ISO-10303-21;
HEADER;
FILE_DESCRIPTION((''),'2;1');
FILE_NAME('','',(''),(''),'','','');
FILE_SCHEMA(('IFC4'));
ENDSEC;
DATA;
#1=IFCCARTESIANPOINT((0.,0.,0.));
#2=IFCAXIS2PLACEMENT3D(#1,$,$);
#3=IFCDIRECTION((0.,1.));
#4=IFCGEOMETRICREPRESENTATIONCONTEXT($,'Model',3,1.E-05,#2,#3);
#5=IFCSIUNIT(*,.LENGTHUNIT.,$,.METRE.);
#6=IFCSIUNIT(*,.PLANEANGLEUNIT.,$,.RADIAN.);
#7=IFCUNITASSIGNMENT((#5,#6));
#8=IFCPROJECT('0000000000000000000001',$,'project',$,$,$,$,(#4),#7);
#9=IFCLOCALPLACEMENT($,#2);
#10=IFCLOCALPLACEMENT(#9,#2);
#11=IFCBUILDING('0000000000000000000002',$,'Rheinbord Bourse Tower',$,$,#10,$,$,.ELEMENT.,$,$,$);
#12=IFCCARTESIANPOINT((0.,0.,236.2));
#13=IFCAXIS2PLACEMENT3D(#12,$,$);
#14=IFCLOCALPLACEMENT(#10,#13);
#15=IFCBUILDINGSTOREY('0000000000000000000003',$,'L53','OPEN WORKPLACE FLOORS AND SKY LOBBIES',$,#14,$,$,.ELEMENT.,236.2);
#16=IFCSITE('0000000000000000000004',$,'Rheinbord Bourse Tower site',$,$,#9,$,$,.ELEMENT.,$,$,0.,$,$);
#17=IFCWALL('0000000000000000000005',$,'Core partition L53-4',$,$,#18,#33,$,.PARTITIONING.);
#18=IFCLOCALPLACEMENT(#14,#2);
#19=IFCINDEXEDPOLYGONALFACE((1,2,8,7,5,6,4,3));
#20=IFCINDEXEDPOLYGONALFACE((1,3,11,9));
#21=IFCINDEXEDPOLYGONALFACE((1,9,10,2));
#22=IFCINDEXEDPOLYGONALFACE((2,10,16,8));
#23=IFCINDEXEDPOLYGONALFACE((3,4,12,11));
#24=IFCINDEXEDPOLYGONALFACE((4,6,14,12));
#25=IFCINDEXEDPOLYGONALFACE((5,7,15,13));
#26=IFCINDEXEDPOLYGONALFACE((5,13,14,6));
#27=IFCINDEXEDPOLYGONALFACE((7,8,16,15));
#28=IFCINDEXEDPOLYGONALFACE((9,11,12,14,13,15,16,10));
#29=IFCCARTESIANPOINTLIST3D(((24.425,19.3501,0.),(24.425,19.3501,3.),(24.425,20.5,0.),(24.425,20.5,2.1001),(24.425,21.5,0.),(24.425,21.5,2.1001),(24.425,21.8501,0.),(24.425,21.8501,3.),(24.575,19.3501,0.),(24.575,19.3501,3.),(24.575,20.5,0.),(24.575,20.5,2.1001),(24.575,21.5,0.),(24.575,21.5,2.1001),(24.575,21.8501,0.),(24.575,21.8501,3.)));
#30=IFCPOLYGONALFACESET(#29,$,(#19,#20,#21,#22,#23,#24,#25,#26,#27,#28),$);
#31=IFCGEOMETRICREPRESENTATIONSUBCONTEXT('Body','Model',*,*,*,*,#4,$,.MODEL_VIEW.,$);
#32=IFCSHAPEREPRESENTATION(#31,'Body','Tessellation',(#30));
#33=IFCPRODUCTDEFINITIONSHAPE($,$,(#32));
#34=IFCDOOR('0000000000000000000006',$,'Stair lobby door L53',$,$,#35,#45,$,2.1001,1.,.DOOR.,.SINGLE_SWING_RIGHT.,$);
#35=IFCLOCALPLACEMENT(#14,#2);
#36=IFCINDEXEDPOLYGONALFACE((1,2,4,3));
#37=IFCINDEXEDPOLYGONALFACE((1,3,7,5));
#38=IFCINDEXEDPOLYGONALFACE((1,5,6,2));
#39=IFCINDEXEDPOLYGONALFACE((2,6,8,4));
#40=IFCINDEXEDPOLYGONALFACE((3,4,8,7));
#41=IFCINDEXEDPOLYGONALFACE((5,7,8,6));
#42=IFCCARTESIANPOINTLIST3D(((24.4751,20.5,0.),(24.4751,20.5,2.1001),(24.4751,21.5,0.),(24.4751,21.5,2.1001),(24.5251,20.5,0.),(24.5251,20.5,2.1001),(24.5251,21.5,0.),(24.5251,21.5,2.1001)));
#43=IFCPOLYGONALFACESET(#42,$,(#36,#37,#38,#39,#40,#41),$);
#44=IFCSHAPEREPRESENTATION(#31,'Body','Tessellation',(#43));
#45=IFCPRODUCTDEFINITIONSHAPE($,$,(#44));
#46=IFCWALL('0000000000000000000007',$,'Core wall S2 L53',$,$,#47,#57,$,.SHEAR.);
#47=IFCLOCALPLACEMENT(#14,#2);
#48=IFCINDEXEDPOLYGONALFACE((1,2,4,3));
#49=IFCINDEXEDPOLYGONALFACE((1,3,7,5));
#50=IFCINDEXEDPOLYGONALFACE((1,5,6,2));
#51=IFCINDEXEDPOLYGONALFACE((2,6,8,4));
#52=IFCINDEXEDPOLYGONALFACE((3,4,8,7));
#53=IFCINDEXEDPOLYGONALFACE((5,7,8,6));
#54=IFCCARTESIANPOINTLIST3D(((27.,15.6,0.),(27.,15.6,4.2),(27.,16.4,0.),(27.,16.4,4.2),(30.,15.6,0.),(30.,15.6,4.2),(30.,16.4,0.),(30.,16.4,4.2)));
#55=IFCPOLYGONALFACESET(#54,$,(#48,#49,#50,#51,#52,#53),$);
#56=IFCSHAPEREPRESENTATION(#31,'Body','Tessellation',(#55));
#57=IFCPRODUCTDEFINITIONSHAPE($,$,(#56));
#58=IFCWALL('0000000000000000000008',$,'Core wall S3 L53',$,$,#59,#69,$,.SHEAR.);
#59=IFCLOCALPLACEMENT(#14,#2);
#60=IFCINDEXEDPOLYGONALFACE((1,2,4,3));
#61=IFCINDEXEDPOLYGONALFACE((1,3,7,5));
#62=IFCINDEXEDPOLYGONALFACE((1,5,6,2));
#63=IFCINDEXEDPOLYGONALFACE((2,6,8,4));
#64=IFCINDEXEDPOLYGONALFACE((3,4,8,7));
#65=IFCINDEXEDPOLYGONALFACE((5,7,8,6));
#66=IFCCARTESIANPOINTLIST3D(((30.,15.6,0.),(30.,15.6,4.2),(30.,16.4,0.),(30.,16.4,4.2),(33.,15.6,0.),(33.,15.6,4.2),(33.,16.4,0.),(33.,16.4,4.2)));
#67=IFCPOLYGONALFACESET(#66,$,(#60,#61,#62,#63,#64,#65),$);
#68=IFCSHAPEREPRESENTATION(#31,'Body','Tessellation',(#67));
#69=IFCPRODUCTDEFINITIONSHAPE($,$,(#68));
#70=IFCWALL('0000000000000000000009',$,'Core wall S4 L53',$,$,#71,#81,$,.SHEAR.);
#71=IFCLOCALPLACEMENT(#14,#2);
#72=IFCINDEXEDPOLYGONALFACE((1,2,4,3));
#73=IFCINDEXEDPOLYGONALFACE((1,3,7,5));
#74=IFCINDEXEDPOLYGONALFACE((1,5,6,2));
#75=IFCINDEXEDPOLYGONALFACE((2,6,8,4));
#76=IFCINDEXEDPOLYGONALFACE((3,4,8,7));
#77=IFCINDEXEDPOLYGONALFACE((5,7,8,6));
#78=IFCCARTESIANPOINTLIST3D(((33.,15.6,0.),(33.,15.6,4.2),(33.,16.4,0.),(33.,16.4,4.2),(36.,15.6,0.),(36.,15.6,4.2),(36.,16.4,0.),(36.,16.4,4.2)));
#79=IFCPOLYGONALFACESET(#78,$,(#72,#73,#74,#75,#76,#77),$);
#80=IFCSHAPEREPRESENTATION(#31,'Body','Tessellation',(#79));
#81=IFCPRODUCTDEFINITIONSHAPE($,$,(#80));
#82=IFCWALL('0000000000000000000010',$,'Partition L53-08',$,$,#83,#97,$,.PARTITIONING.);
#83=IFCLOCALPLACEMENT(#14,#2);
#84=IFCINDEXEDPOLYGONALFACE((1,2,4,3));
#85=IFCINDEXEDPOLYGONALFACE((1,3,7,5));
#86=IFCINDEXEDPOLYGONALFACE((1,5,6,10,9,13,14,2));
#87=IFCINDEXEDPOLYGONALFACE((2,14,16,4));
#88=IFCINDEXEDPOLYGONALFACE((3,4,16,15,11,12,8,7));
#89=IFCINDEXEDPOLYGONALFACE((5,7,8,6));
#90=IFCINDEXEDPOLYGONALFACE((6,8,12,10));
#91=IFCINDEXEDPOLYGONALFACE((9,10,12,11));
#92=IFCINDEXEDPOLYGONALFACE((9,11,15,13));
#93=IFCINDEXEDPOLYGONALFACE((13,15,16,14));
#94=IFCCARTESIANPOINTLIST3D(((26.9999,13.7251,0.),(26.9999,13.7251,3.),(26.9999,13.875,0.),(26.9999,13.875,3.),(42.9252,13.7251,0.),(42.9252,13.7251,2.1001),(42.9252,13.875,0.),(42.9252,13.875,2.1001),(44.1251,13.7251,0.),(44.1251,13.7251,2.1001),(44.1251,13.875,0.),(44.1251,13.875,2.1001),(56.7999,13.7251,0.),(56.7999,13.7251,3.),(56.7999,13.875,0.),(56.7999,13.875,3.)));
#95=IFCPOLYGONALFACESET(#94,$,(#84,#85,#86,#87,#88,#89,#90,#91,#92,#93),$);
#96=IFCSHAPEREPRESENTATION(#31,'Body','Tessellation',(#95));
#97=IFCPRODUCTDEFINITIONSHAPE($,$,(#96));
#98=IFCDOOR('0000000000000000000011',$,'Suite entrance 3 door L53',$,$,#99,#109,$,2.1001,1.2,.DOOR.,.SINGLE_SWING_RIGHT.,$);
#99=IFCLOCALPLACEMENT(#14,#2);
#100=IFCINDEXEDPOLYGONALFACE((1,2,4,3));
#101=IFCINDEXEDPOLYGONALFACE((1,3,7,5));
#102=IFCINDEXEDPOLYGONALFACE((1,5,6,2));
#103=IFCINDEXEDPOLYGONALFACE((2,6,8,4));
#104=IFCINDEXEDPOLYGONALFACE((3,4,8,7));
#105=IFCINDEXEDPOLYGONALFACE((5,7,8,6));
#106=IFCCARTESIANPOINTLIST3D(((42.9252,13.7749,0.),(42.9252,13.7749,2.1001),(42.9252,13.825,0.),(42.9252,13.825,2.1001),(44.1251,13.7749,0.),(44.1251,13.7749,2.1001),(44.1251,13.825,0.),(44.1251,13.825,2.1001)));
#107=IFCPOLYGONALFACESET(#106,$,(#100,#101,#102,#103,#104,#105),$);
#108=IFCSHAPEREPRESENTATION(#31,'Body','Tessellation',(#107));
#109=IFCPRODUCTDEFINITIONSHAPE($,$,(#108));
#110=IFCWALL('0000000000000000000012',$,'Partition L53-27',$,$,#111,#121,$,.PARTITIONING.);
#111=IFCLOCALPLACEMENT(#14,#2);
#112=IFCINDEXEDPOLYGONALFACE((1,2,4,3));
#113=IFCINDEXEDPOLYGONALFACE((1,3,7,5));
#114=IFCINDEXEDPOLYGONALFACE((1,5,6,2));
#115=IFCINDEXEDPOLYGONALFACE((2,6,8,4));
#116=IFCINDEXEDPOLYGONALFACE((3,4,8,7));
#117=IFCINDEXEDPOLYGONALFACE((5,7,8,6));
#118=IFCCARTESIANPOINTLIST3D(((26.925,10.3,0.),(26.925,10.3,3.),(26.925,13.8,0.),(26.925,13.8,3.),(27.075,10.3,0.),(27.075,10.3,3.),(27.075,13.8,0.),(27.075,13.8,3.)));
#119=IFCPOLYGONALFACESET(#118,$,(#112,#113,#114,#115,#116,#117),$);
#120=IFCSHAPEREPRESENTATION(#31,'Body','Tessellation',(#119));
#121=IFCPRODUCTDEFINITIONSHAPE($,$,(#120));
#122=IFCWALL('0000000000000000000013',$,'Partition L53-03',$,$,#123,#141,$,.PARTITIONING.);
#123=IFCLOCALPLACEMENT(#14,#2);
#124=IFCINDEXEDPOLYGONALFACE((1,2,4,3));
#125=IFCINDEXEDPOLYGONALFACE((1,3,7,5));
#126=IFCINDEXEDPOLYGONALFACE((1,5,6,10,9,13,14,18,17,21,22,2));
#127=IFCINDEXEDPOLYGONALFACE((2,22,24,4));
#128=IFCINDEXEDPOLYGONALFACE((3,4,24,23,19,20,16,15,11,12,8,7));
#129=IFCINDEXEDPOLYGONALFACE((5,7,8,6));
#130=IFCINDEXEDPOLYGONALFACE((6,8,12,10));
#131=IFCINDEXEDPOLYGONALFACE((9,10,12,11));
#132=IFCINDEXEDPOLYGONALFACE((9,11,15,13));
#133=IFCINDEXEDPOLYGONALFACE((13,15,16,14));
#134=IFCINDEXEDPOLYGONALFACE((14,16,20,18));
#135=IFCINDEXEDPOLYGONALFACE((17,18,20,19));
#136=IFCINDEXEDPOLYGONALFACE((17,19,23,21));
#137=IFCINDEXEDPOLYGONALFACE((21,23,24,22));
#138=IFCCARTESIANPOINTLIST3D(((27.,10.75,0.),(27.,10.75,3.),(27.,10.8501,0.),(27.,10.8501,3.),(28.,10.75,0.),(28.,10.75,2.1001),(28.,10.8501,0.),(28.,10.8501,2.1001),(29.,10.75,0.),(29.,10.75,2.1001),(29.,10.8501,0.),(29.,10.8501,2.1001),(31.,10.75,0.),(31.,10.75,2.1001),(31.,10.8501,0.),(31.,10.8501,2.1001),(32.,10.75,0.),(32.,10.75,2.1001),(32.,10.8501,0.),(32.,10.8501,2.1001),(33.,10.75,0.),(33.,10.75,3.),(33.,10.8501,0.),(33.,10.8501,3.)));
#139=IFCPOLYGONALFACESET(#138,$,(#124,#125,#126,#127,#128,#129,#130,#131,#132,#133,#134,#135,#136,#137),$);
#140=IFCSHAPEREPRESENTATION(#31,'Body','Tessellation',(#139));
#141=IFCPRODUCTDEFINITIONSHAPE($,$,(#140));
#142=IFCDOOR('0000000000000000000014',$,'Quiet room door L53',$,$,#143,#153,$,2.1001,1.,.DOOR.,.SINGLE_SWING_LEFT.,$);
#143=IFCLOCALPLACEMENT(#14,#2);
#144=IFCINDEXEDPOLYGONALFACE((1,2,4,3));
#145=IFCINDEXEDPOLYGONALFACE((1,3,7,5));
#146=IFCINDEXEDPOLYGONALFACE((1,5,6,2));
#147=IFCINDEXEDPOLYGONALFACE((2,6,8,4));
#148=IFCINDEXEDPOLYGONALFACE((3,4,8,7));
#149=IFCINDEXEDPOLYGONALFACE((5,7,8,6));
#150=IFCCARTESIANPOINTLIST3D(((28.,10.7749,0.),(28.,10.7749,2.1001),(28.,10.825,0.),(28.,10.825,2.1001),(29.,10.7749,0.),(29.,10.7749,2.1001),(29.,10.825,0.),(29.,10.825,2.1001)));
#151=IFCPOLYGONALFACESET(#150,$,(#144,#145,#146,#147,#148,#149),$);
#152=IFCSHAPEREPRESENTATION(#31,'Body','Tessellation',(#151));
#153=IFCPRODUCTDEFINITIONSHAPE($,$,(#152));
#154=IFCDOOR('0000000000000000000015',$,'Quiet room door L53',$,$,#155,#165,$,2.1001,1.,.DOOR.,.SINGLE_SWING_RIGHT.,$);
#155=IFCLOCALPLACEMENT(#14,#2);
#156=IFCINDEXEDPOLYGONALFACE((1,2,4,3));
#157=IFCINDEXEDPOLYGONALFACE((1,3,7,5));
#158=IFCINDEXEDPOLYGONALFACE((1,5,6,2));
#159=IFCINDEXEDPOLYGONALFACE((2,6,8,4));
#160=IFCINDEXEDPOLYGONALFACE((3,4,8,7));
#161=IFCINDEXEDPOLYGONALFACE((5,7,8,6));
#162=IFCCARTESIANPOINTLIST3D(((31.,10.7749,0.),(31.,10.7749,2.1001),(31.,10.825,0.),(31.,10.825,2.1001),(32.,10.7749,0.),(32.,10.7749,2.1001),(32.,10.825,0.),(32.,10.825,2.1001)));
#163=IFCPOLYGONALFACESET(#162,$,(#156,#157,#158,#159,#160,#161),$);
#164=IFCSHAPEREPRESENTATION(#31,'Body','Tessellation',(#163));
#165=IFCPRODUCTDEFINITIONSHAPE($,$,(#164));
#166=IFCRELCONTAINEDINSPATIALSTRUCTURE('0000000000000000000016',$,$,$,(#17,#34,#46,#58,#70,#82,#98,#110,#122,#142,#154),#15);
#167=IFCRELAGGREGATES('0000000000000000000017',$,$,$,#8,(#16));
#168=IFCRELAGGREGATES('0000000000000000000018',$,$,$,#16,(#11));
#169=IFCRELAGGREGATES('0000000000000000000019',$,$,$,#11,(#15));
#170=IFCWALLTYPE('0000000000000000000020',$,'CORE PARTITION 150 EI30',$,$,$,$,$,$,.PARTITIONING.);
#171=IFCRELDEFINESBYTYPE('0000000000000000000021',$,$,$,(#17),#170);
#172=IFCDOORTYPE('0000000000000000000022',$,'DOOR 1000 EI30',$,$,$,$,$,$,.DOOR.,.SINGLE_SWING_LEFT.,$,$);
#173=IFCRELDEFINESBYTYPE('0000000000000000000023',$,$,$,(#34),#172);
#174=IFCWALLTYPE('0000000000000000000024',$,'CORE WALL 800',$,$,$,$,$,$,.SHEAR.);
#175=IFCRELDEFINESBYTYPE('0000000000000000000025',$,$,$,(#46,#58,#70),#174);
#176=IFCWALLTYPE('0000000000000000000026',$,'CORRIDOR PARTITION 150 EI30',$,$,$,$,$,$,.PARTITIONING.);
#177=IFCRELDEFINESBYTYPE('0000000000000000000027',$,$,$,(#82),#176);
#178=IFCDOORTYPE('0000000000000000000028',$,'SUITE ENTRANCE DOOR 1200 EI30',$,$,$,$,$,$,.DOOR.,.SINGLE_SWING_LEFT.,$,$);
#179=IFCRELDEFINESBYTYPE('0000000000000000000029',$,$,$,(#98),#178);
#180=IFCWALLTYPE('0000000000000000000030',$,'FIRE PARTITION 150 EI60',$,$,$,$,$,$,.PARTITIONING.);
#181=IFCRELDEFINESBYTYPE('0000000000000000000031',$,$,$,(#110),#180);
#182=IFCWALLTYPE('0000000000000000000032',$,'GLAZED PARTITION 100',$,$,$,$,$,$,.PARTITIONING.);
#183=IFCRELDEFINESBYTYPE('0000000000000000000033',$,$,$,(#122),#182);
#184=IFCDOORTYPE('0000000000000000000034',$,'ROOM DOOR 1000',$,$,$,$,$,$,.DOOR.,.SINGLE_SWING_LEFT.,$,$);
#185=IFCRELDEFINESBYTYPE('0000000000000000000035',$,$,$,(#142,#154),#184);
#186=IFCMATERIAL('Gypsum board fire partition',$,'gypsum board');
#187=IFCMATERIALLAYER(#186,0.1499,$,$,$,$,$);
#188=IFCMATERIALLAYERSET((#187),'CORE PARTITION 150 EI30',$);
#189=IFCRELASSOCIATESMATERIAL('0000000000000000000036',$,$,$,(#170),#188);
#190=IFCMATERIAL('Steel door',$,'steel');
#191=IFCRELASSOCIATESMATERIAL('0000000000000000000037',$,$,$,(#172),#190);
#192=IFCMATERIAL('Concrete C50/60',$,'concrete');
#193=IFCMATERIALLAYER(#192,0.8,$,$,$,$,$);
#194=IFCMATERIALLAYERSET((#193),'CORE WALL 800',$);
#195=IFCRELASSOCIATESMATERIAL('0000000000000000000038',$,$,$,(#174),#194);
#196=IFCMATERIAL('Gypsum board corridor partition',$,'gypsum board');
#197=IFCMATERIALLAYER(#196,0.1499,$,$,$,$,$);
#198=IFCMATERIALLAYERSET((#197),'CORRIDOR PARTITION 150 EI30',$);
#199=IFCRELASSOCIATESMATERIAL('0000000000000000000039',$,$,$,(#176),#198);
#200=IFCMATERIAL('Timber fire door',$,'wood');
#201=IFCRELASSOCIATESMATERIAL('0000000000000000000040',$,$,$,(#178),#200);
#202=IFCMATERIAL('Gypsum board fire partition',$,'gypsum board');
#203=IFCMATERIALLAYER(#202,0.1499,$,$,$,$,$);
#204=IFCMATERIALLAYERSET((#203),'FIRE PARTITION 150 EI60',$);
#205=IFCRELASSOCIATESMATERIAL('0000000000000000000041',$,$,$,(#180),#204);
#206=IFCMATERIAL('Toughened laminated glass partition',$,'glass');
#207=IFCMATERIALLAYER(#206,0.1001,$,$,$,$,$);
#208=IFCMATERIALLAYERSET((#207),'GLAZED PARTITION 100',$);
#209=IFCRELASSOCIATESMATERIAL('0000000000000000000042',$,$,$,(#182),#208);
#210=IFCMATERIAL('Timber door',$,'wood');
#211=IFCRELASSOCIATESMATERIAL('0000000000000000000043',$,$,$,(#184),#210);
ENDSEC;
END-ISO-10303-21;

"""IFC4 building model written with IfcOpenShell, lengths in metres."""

from ifc_helpers import new_model, si_unit, direction, frame, frame_2d, origin, place, context, subcontext, project, spatial, rectangle, extrude, material, layer, layer_set, type_object, element, fill, save


model = new_model("IFC4")

# Units and contexts
model_context = context("Model", 3, precision=1e-05, world=origin(), true_north=direction((0.0, 1.0)))
body_context = subcontext(model_context, "Body", "Model", "MODEL_VIEW")
ifc_project = project(units=[si_unit("LENGTHUNIT", "METRE"), si_unit("PLANEANGLEUNIT", "RADIAN")], contexts=[model_context])

# Site, building, storey
site_placement = place(None, origin())
site = spatial("IfcSite", under=ifc_project, at=site_placement, Name="Rheinbord Bourse Tower site", CompositionType="ELEMENT", RefElevation=0.0)
building_placement = place(site_placement, origin())
building = spatial("IfcBuilding", under=site, at=building_placement, Name="Rheinbord Bourse Tower", CompositionType="ELEMENT")
storey_placement = place(building_placement, frame((0.0, 0.0, 236.2)))
storey = spatial("IfcBuildingStorey", under=building, at=storey_placement, Name="L53", Description="OPEN WORKPLACE FLOORS AND SKY LOBBIES", CompositionType="ELEMENT", Elevation=236.2)

# Wall, opening, door
ifc_material_1 = material(Name="Gypsum board fire partition", Category="gypsum board")
ifc_layer_1 = layer(ifc_material_1, 0.1499)
ifc_layer_set_1 = layer_set([ifc_layer_1], Name="CORE PARTITION 150 EI30")
wall_type_1 = type_object("IfcWallType", Name="CORE PARTITION 150 EI30", PredefinedType="PARTITIONING", material=ifc_layer_set_1)
wall_1_placement = place(storey_placement, frame((24.5, 19.3501, 0.0), z_axis=(0.0, 0.0, 1.0), x_axis=(0.0, 1.0, 0.0)))
wall_1 = element("IfcWall", 1, at=wall_1_placement, inside=storey, type_object=wall_type_1, Name="Core partition L53-4", PredefinedType="PARTITIONING", context=body_context, shape_type="SweptSolid", body=[
    extrude(rectangle(XDim=2.5, YDim=0.1499, at=frame_2d((1.25, 0.0))), origin(), (0.0, 0.0, 1.0), 3.0),
])
opening_1_placement = place(wall_1_placement, frame((1.1499, 0.0, 0.0)))
opening_1 = element("IfcOpeningElement", 2, at=opening_1_placement, cuts=wall_1, PredefinedType="OPENING", context=body_context, shape_type="SweptSolid", body=[
    extrude(rectangle(XDim=1.0, YDim=2.1001, at=frame_2d((0.5, 1.05))), frame((0.0, 0.085, 0.0), z_axis=(0.0, -1.0, 0.0), x_axis=(1.0, 0.0, 0.0)), (0.0, 0.0, 1.0), 0.1699),
])
ifc_material_2 = material(Name="Steel door", Category="steel")
door_type_1 = type_object("IfcDoorType", Name="DOOR 1000 EI30", OperationType="SINGLE_SWING_LEFT", PredefinedType="DOOR", material=ifc_material_2)
door_1_placement = place(opening_1_placement, origin())
door_1 = element("IfcDoor", 3, at=door_1_placement, inside=storey, type_object=door_type_1, Name="Stair lobby door L53", OperationType="SINGLE_SWING_RIGHT", OverallHeight=2.1001, OverallWidth=1.0, PredefinedType="DOOR", context=body_context, shape_type="SweptSolid", body=[
    extrude(rectangle(XDim=1.0, YDim=2.1001, at=frame_2d((0.5, 1.05))), frame((0.0, 0.0249, 0.0), z_axis=(0.0, -1.0, 0.0), x_axis=(1.0, 0.0, 0.0)), (0.0, 0.0, 1.0), 0.05),
])
fill(opening_1, door_1)

# Walls
ifc_material_3 = material(Name="Concrete C50/60", Category="concrete")
ifc_layer_2 = layer(ifc_material_3, 0.8)
ifc_layer_set_2 = layer_set([ifc_layer_2], Name="CORE WALL 800")
wall_type_2 = type_object("IfcWallType", Name="CORE WALL 800", PredefinedType="SHEAR", material=ifc_layer_set_2)
for number, where, z_axis, x_axis, name in (
    (4, (27.0, 16.0, 0.0), (0.0, 0.0, 1.0), (1.0, 0.0, 0.0), "Core wall S2 L53"),
    (5, (30.0, 16.0, 0.0), (0.0, 0.0, 1.0), (1.0, 0.0, 0.0), "Core wall S3 L53"),
    (6, (33.0, 16.0, 0.0), (0.0, 0.0, 1.0), (1.0, 0.0, 0.0), "Core wall S4 L53"),
):
    element("IfcWall", number, at=place(storey_placement, frame(where, z_axis=z_axis, x_axis=x_axis)), inside=storey, type_object=wall_type_2, Name=name, PredefinedType="SHEAR", context=body_context, shape_type="SweptSolid", body=[
        extrude(rectangle(XDim=3.0, YDim=0.8, at=frame_2d((1.5, 0.0))), origin(), (0.0, 0.0, 1.0), 4.2),
    ])

# Wall, opening, door
ifc_material_4 = material(Name="Gypsum board corridor partition", Category="gypsum board")
ifc_layer_3 = layer(ifc_material_4, 0.1499)
ifc_layer_set_3 = layer_set([ifc_layer_3], Name="CORRIDOR PARTITION 150 EI30")
wall_type_3 = type_object("IfcWallType", Name="CORRIDOR PARTITION 150 EI30", PredefinedType="PARTITIONING", material=ifc_layer_set_3)
wall_2_placement = place(storey_placement, frame((27.0, 13.8, 0.0), z_axis=(0.0, 0.0, 1.0), x_axis=(1.0, 0.0, 0.0)))
wall_2 = element("IfcWall", 7, at=wall_2_placement, inside=storey, type_object=wall_type_3, Name="Partition L53-08", PredefinedType="PARTITIONING", context=body_context, shape_type="SweptSolid", body=[
    extrude(rectangle(XDim=29.8, YDim=0.1499, at=frame_2d((14.8999, 0.0))), origin(), (0.0, 0.0, 1.0), 3.0),
])
opening_2_placement = place(wall_2_placement, frame((15.925, 0.0, 0.0)))
opening_2 = element("IfcOpeningElement", 8, at=opening_2_placement, cuts=wall_2, PredefinedType="OPENING", context=body_context, shape_type="SweptSolid", body=[
    extrude(rectangle(XDim=1.2, YDim=2.1001, at=frame_2d((0.6001, 1.05))), frame((0.0, 0.085, 0.0), z_axis=(0.0, -1.0, 0.0), x_axis=(1.0, 0.0, 0.0)), (0.0, 0.0, 1.0), 0.1699),
])
ifc_material_5 = material(Name="Timber fire door", Category="wood")
door_type_2 = type_object("IfcDoorType", Name="SUITE ENTRANCE DOOR 1200 EI30", OperationType="SINGLE_SWING_LEFT", PredefinedType="DOOR", material=ifc_material_5)
door_2_placement = place(opening_2_placement, origin())
door_2 = element("IfcDoor", 9, at=door_2_placement, inside=storey, type_object=door_type_2, Name="Suite entrance 3 door L53", OperationType="SINGLE_SWING_RIGHT", OverallHeight=2.1001, OverallWidth=1.2, PredefinedType="DOOR", context=body_context, shape_type="SweptSolid", body=[
    extrude(rectangle(XDim=1.2, YDim=2.1001, at=frame_2d((0.6001, 1.05))), frame((0.0, 0.0249, 0.0), z_axis=(0.0, -1.0, 0.0), x_axis=(1.0, 0.0, 0.0)), (0.0, 0.0, 1.0), 0.05),
])
fill(opening_2, door_2)

# Wall
ifc_material_6 = material(Name="Gypsum board fire partition", Category="gypsum board")
ifc_layer_4 = layer(ifc_material_6, 0.1499)
ifc_layer_set_4 = layer_set([ifc_layer_4], Name="FIRE PARTITION 150 EI60")
wall_type_4 = type_object("IfcWallType", Name="FIRE PARTITION 150 EI60", PredefinedType="PARTITIONING", material=ifc_layer_set_4)
wall_3_placement = place(storey_placement, frame((27.0, 10.3, 0.0), z_axis=(0.0, 0.0, 1.0), x_axis=(0.0, 1.0, 0.0)))
element("IfcWall", 10, at=wall_3_placement, inside=storey, type_object=wall_type_4, Name="Partition L53-27", PredefinedType="PARTITIONING", context=body_context, shape_type="SweptSolid", body=[
    extrude(rectangle(XDim=3.5, YDim=0.1499, at=frame_2d((1.75, 0.0))), origin(), (0.0, 0.0, 1.0), 3.0),
])

# Wall, openings, doors
ifc_material_7 = material(Name="Toughened laminated glass partition", Category="glass")
ifc_layer_5 = layer(ifc_material_7, 0.1001)
ifc_layer_set_5 = layer_set([ifc_layer_5], Name="GLAZED PARTITION 100")
wall_type_5 = type_object("IfcWallType", Name="GLAZED PARTITION 100", PredefinedType="PARTITIONING", material=ifc_layer_set_5)
wall_4_placement = place(storey_placement, frame((27.0, 10.8, 0.0), z_axis=(0.0, 0.0, 1.0), x_axis=(1.0, 0.0, 0.0)))
wall_4 = element("IfcWall", 11, at=wall_4_placement, inside=storey, type_object=wall_type_5, Name="Partition L53-03", PredefinedType="PARTITIONING", context=body_context, shape_type="SweptSolid", body=[
    extrude(rectangle(XDim=6.0, YDim=0.1001, at=frame_2d((3.0, 0.0))), origin(), (0.0, 0.0, 1.0), 3.0),
])
opening_3_placement = place(wall_4_placement, frame((1.0, 0.0, 0.0)))
opening_3 = element("IfcOpeningElement", 12, at=opening_3_placement, cuts=wall_4, PredefinedType="OPENING", context=body_context, shape_type="SweptSolid", body=[
    extrude(rectangle(XDim=1.0, YDim=2.1001, at=frame_2d((0.5, 1.05))), frame((0.0, 0.0601, 0.0), z_axis=(0.0, -1.0, 0.0), x_axis=(1.0, 0.0, 0.0)), (0.0, 0.0, 1.0), 0.1201),
])
opening_4_placement = place(wall_4_placement, frame((4.0, 0.0, 0.0)))
opening_4 = element("IfcOpeningElement", 13, at=opening_4_placement, cuts=wall_4, PredefinedType="OPENING", context=body_context, shape_type="SweptSolid", body=[
    extrude(rectangle(XDim=1.0, YDim=2.1001, at=frame_2d((0.5, 1.05))), frame((0.0, 0.0601, 0.0), z_axis=(0.0, -1.0, 0.0), x_axis=(1.0, 0.0, 0.0)), (0.0, 0.0, 1.0), 0.1201),
])
ifc_material_8 = material(Name="Timber door", Category="wood")
door_type_3 = type_object("IfcDoorType", Name="ROOM DOOR 1000", OperationType="SINGLE_SWING_LEFT", PredefinedType="DOOR", material=ifc_material_8)
door_3_placement = place(opening_3_placement, origin())
door_3 = element("IfcDoor", 14, at=door_3_placement, inside=storey, type_object=door_type_3, Name="Quiet room door L53", OperationType="SINGLE_SWING_LEFT", OverallHeight=2.1001, OverallWidth=1.0, PredefinedType="DOOR", context=body_context, shape_type="SweptSolid", body=[
    extrude(rectangle(XDim=1.0, YDim=2.1001, at=frame_2d((0.5, 1.05))), frame((0.0, 0.0249, 0.0), z_axis=(0.0, -1.0, 0.0), x_axis=(1.0, 0.0, 0.0)), (0.0, 0.0, 1.0), 0.05),
])
fill(opening_3, door_3)
door_4_placement = place(opening_4_placement, origin())
door_4 = element("IfcDoor", 15, at=door_4_placement, inside=storey, type_object=door_type_3, Name="Quiet room door L53", OperationType="SINGLE_SWING_RIGHT", OverallHeight=2.1001, OverallWidth=1.0, PredefinedType="DOOR", context=body_context, shape_type="SweptSolid", body=[
    extrude(rectangle(XDim=1.0, YDim=2.1001, at=frame_2d((0.5, 1.05))), frame((0.0, 0.0249, 0.0), z_axis=(0.0, -1.0, 0.0), x_axis=(1.0, 0.0, 0.0)), (0.0, 0.0, 1.0), 0.05),
])
fill(opening_4, door_4)

save(model, "model.ifc")
